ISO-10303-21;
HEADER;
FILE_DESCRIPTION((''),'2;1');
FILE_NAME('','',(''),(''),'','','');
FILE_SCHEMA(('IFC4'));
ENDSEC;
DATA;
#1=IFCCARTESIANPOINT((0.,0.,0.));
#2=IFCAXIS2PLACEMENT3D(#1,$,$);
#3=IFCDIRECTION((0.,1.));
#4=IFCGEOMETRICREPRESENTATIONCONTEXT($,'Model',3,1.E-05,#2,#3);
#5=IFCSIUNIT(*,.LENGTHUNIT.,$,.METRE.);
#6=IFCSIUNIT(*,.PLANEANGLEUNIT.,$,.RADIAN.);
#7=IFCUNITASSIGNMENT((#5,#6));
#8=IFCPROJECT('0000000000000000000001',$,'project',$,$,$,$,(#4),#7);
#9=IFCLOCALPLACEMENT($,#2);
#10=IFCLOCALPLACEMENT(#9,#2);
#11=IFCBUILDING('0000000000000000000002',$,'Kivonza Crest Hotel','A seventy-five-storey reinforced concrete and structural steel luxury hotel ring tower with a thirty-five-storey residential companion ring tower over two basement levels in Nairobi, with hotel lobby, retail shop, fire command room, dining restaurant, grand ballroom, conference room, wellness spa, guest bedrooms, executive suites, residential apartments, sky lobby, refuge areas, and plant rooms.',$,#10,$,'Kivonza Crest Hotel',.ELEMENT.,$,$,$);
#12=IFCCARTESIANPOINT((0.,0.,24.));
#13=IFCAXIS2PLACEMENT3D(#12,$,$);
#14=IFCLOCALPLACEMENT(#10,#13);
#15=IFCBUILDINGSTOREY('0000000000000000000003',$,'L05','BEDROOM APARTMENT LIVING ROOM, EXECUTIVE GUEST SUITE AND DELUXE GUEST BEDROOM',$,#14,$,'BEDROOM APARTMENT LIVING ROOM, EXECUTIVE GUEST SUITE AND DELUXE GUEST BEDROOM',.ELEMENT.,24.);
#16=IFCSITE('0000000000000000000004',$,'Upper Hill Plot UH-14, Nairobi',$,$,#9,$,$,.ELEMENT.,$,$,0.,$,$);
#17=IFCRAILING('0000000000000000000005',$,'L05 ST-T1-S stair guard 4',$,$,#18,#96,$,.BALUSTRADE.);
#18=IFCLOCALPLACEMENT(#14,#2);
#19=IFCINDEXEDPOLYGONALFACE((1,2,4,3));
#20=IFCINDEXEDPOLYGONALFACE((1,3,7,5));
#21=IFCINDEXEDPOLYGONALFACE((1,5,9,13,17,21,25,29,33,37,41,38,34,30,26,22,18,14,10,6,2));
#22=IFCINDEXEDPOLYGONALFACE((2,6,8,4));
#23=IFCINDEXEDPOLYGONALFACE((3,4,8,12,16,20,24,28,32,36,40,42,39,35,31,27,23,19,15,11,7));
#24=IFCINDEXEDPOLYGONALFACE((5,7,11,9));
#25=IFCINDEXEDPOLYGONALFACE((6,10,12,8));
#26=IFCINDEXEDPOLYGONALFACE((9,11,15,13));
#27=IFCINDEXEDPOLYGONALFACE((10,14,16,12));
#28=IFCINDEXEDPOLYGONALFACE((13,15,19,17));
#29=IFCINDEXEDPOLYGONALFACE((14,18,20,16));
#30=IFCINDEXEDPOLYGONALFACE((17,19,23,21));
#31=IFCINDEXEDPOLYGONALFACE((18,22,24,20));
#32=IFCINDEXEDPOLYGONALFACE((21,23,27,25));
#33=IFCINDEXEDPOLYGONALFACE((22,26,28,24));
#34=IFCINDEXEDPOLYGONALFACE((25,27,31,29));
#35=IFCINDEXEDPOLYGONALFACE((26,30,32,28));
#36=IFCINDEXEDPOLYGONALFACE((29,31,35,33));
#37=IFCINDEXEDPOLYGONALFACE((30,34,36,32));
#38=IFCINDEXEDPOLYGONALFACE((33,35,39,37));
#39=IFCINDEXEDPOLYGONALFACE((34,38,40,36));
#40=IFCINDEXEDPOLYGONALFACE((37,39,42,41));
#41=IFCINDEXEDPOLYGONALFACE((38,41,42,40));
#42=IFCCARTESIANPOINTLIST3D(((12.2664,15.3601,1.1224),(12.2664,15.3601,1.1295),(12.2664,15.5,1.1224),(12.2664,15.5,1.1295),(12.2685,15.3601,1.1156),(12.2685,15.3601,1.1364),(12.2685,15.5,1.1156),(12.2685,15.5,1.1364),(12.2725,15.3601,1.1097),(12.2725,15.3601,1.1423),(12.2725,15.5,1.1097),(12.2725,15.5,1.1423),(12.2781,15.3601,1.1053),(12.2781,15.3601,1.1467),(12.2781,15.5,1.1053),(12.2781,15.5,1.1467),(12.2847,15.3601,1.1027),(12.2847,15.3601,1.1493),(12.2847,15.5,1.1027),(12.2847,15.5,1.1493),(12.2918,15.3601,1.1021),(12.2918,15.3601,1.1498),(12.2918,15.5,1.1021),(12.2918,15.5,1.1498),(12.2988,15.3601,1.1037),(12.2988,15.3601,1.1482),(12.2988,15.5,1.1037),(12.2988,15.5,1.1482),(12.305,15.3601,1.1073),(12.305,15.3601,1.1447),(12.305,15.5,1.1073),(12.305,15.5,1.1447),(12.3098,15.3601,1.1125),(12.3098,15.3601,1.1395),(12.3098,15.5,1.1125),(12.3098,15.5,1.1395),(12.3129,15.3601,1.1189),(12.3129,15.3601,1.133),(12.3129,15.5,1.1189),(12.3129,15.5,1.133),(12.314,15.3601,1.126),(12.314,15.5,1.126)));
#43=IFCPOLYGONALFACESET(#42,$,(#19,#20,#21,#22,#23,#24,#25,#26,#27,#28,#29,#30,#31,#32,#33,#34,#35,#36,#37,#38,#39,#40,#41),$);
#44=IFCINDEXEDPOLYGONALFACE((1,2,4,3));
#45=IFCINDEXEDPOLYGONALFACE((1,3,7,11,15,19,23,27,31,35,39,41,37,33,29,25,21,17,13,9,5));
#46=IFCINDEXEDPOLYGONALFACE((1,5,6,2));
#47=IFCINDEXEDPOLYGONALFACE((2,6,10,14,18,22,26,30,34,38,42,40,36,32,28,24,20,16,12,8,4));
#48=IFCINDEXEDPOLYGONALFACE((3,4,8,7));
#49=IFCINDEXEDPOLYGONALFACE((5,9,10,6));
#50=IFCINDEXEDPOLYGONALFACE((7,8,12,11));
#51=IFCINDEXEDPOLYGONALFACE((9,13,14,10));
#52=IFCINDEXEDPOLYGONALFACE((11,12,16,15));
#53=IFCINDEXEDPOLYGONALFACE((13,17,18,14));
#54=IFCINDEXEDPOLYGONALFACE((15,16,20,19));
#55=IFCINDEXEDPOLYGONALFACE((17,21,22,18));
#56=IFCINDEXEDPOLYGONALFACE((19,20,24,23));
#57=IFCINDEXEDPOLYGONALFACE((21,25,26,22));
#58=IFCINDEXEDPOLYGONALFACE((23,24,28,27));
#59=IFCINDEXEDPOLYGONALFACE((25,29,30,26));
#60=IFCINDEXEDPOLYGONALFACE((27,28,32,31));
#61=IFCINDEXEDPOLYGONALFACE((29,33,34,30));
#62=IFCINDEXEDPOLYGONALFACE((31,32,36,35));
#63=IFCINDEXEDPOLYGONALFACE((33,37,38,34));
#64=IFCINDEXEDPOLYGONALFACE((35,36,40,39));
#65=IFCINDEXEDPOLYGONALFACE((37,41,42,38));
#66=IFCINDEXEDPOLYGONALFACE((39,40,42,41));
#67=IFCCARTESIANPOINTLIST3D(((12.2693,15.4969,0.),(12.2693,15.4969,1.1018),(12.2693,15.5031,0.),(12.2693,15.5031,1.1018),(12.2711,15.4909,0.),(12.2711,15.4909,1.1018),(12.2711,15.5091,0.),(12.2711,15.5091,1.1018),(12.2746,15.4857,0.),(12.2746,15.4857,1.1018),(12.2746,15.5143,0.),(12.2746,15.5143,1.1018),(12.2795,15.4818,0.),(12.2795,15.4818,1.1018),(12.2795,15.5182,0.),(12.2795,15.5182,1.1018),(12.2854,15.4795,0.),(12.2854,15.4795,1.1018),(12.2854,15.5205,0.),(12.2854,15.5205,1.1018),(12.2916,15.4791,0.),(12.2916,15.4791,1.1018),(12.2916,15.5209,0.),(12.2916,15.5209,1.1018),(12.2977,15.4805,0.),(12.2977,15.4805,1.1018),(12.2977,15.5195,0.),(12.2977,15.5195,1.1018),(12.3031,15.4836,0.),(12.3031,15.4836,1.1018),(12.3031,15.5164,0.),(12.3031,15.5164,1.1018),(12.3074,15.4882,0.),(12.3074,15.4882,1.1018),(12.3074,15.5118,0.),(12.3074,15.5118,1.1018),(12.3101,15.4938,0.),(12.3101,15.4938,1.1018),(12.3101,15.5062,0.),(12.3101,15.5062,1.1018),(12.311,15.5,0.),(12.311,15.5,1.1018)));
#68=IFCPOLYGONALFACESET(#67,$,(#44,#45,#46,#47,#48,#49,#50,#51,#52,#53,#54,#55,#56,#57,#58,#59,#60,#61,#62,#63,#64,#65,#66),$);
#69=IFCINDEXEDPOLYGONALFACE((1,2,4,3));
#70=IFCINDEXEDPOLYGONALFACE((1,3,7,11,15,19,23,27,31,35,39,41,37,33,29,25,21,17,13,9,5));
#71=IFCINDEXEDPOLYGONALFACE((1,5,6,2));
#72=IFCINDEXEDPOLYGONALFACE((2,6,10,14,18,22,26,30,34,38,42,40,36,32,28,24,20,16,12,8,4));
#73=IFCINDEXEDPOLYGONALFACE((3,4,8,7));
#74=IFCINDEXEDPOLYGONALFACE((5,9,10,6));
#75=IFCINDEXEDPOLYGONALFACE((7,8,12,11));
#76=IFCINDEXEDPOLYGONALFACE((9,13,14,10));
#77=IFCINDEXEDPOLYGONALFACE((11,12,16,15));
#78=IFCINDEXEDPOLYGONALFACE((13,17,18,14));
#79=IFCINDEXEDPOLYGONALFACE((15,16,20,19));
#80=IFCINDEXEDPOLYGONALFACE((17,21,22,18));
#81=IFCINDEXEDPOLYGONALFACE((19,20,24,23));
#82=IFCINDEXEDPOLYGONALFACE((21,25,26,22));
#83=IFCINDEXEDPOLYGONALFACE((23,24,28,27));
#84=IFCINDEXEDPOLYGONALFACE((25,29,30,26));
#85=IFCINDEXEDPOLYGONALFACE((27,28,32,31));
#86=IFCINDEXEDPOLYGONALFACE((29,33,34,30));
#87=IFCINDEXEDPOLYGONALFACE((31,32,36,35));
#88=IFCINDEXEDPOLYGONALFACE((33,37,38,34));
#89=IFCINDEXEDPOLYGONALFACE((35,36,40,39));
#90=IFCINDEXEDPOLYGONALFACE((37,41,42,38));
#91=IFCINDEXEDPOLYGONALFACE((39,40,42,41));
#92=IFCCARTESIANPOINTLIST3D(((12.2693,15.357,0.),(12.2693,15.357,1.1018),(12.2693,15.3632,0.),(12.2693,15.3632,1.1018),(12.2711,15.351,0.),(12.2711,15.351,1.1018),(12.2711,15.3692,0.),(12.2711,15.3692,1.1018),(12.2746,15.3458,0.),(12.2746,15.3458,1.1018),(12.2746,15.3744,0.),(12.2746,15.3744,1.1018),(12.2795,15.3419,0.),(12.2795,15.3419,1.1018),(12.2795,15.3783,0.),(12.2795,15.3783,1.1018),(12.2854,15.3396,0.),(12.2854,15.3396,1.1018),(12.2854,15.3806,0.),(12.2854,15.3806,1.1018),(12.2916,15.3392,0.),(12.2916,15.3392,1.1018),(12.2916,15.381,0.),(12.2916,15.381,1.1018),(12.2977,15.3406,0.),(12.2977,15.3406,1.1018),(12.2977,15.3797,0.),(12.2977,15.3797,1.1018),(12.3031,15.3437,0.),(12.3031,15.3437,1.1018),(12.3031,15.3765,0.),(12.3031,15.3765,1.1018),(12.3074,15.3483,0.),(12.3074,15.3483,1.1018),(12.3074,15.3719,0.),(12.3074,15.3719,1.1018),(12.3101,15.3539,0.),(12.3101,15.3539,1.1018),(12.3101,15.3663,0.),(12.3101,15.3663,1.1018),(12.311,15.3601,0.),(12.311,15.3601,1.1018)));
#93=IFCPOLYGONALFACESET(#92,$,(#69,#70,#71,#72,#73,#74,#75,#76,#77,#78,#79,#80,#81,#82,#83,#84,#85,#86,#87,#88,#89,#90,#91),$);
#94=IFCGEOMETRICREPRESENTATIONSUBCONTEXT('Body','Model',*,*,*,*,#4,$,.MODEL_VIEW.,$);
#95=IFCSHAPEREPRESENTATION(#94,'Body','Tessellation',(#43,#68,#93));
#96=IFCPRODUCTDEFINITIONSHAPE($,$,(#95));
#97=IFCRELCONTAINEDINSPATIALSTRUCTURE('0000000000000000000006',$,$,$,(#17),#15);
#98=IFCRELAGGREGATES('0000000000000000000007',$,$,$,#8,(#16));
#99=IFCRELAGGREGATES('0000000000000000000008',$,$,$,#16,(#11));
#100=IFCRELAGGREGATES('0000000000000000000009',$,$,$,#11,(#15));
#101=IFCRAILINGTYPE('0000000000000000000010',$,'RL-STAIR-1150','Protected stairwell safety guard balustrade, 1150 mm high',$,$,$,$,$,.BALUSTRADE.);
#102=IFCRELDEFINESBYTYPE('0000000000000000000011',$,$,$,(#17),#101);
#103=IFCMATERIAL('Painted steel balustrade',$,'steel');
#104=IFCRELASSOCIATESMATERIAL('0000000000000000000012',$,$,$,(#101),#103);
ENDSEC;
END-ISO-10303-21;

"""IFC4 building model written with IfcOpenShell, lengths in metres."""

from ifc_helpers import new_model, si_unit, direction, frame, origin, origin_2d, place, context, subcontext, project, spatial, circle, extrude, material, type_object, element, save


model = new_model("IFC4")

# Units and contexts
model_context = context("Model", 3, precision=1e-05, world=origin(), true_north=direction((0.0, 1.0)))
body_context = subcontext(model_context, "Body", "Model", "MODEL_VIEW")
ifc_project = project(units=[si_unit("LENGTHUNIT", "METRE"), si_unit("PLANEANGLEUNIT", "RADIAN")], contexts=[model_context])

# Site, building, storey
site_placement = place(None, origin())
site = spatial("IfcSite", under=ifc_project, at=site_placement, Name="Upper Hill Plot UH-14, Nairobi", CompositionType="ELEMENT", RefElevation=0.0)
building_placement = place(site_placement, origin())
building = spatial("IfcBuilding", under=site, at=building_placement, Name="Kivonza Crest Hotel", Description="A seventy-five-storey reinforced concrete and structural steel luxury hotel ring tower with a thirty-five-storey residential companion ring tower over two basement levels in Nairobi, with hotel lobby, retail shop, fire command room, dining restaurant, grand ballroom, conference room, wellness spa, guest bedrooms, executive suites, residential apartments, sky lobby, refuge areas, and plant rooms.", LongName="Kivonza Crest Hotel", CompositionType="ELEMENT")
storey_placement = place(building_placement, frame((0.0, 0.0, 24.0)))
storey = spatial("IfcBuildingStorey", under=building, at=storey_placement, Name="L05", Description="BEDROOM APARTMENT LIVING ROOM, EXECUTIVE GUEST SUITE AND DELUXE GUEST BEDROOM", LongName="BEDROOM APARTMENT LIVING ROOM, EXECUTIVE GUEST SUITE AND DELUXE GUEST BEDROOM", CompositionType="ELEMENT", Elevation=24.0)

# Railing
ifc_material_1 = material(Name="Painted steel balustrade", Category="steel")
railing_type_1 = type_object("IfcRailingType", Name="RL-STAIR-1150", Description="Protected stairwell safety guard balustrade, 1150 mm high", PredefinedType="BALUSTRADE", material=ifc_material_1)
railing_1_placement = place(storey_placement, frame((12.29, 15.5, 0.0)))
element("IfcRailing", 1, at=railing_1_placement, inside=storey, type_object=railing_type_1, Name="L05 ST-T1-S stair guard 4", PredefinedType="BALUSTRADE", context=body_context, shape_type="SweptSolid", body=[
    extrude(circle(Radius=0.0239, at=origin_2d()), frame((0.0, 0.0, 1.126), z_axis=(0.0, -1.0, 0.0), x_axis=(1.0, 0.0, 0.0)), (0.0, 0.0, 1.0), 0.1399),
    extrude(circle(Radius=0.021, at=origin_2d()), origin(), (0.0, 0.0, 1.0), 1.1018),
    extrude(circle(Radius=0.021, at=origin_2d()), frame((0.0, -0.1399, 0.0)), (0.0, 0.0, 1.0), 1.1018),
])

save(model, "model.ifc")
